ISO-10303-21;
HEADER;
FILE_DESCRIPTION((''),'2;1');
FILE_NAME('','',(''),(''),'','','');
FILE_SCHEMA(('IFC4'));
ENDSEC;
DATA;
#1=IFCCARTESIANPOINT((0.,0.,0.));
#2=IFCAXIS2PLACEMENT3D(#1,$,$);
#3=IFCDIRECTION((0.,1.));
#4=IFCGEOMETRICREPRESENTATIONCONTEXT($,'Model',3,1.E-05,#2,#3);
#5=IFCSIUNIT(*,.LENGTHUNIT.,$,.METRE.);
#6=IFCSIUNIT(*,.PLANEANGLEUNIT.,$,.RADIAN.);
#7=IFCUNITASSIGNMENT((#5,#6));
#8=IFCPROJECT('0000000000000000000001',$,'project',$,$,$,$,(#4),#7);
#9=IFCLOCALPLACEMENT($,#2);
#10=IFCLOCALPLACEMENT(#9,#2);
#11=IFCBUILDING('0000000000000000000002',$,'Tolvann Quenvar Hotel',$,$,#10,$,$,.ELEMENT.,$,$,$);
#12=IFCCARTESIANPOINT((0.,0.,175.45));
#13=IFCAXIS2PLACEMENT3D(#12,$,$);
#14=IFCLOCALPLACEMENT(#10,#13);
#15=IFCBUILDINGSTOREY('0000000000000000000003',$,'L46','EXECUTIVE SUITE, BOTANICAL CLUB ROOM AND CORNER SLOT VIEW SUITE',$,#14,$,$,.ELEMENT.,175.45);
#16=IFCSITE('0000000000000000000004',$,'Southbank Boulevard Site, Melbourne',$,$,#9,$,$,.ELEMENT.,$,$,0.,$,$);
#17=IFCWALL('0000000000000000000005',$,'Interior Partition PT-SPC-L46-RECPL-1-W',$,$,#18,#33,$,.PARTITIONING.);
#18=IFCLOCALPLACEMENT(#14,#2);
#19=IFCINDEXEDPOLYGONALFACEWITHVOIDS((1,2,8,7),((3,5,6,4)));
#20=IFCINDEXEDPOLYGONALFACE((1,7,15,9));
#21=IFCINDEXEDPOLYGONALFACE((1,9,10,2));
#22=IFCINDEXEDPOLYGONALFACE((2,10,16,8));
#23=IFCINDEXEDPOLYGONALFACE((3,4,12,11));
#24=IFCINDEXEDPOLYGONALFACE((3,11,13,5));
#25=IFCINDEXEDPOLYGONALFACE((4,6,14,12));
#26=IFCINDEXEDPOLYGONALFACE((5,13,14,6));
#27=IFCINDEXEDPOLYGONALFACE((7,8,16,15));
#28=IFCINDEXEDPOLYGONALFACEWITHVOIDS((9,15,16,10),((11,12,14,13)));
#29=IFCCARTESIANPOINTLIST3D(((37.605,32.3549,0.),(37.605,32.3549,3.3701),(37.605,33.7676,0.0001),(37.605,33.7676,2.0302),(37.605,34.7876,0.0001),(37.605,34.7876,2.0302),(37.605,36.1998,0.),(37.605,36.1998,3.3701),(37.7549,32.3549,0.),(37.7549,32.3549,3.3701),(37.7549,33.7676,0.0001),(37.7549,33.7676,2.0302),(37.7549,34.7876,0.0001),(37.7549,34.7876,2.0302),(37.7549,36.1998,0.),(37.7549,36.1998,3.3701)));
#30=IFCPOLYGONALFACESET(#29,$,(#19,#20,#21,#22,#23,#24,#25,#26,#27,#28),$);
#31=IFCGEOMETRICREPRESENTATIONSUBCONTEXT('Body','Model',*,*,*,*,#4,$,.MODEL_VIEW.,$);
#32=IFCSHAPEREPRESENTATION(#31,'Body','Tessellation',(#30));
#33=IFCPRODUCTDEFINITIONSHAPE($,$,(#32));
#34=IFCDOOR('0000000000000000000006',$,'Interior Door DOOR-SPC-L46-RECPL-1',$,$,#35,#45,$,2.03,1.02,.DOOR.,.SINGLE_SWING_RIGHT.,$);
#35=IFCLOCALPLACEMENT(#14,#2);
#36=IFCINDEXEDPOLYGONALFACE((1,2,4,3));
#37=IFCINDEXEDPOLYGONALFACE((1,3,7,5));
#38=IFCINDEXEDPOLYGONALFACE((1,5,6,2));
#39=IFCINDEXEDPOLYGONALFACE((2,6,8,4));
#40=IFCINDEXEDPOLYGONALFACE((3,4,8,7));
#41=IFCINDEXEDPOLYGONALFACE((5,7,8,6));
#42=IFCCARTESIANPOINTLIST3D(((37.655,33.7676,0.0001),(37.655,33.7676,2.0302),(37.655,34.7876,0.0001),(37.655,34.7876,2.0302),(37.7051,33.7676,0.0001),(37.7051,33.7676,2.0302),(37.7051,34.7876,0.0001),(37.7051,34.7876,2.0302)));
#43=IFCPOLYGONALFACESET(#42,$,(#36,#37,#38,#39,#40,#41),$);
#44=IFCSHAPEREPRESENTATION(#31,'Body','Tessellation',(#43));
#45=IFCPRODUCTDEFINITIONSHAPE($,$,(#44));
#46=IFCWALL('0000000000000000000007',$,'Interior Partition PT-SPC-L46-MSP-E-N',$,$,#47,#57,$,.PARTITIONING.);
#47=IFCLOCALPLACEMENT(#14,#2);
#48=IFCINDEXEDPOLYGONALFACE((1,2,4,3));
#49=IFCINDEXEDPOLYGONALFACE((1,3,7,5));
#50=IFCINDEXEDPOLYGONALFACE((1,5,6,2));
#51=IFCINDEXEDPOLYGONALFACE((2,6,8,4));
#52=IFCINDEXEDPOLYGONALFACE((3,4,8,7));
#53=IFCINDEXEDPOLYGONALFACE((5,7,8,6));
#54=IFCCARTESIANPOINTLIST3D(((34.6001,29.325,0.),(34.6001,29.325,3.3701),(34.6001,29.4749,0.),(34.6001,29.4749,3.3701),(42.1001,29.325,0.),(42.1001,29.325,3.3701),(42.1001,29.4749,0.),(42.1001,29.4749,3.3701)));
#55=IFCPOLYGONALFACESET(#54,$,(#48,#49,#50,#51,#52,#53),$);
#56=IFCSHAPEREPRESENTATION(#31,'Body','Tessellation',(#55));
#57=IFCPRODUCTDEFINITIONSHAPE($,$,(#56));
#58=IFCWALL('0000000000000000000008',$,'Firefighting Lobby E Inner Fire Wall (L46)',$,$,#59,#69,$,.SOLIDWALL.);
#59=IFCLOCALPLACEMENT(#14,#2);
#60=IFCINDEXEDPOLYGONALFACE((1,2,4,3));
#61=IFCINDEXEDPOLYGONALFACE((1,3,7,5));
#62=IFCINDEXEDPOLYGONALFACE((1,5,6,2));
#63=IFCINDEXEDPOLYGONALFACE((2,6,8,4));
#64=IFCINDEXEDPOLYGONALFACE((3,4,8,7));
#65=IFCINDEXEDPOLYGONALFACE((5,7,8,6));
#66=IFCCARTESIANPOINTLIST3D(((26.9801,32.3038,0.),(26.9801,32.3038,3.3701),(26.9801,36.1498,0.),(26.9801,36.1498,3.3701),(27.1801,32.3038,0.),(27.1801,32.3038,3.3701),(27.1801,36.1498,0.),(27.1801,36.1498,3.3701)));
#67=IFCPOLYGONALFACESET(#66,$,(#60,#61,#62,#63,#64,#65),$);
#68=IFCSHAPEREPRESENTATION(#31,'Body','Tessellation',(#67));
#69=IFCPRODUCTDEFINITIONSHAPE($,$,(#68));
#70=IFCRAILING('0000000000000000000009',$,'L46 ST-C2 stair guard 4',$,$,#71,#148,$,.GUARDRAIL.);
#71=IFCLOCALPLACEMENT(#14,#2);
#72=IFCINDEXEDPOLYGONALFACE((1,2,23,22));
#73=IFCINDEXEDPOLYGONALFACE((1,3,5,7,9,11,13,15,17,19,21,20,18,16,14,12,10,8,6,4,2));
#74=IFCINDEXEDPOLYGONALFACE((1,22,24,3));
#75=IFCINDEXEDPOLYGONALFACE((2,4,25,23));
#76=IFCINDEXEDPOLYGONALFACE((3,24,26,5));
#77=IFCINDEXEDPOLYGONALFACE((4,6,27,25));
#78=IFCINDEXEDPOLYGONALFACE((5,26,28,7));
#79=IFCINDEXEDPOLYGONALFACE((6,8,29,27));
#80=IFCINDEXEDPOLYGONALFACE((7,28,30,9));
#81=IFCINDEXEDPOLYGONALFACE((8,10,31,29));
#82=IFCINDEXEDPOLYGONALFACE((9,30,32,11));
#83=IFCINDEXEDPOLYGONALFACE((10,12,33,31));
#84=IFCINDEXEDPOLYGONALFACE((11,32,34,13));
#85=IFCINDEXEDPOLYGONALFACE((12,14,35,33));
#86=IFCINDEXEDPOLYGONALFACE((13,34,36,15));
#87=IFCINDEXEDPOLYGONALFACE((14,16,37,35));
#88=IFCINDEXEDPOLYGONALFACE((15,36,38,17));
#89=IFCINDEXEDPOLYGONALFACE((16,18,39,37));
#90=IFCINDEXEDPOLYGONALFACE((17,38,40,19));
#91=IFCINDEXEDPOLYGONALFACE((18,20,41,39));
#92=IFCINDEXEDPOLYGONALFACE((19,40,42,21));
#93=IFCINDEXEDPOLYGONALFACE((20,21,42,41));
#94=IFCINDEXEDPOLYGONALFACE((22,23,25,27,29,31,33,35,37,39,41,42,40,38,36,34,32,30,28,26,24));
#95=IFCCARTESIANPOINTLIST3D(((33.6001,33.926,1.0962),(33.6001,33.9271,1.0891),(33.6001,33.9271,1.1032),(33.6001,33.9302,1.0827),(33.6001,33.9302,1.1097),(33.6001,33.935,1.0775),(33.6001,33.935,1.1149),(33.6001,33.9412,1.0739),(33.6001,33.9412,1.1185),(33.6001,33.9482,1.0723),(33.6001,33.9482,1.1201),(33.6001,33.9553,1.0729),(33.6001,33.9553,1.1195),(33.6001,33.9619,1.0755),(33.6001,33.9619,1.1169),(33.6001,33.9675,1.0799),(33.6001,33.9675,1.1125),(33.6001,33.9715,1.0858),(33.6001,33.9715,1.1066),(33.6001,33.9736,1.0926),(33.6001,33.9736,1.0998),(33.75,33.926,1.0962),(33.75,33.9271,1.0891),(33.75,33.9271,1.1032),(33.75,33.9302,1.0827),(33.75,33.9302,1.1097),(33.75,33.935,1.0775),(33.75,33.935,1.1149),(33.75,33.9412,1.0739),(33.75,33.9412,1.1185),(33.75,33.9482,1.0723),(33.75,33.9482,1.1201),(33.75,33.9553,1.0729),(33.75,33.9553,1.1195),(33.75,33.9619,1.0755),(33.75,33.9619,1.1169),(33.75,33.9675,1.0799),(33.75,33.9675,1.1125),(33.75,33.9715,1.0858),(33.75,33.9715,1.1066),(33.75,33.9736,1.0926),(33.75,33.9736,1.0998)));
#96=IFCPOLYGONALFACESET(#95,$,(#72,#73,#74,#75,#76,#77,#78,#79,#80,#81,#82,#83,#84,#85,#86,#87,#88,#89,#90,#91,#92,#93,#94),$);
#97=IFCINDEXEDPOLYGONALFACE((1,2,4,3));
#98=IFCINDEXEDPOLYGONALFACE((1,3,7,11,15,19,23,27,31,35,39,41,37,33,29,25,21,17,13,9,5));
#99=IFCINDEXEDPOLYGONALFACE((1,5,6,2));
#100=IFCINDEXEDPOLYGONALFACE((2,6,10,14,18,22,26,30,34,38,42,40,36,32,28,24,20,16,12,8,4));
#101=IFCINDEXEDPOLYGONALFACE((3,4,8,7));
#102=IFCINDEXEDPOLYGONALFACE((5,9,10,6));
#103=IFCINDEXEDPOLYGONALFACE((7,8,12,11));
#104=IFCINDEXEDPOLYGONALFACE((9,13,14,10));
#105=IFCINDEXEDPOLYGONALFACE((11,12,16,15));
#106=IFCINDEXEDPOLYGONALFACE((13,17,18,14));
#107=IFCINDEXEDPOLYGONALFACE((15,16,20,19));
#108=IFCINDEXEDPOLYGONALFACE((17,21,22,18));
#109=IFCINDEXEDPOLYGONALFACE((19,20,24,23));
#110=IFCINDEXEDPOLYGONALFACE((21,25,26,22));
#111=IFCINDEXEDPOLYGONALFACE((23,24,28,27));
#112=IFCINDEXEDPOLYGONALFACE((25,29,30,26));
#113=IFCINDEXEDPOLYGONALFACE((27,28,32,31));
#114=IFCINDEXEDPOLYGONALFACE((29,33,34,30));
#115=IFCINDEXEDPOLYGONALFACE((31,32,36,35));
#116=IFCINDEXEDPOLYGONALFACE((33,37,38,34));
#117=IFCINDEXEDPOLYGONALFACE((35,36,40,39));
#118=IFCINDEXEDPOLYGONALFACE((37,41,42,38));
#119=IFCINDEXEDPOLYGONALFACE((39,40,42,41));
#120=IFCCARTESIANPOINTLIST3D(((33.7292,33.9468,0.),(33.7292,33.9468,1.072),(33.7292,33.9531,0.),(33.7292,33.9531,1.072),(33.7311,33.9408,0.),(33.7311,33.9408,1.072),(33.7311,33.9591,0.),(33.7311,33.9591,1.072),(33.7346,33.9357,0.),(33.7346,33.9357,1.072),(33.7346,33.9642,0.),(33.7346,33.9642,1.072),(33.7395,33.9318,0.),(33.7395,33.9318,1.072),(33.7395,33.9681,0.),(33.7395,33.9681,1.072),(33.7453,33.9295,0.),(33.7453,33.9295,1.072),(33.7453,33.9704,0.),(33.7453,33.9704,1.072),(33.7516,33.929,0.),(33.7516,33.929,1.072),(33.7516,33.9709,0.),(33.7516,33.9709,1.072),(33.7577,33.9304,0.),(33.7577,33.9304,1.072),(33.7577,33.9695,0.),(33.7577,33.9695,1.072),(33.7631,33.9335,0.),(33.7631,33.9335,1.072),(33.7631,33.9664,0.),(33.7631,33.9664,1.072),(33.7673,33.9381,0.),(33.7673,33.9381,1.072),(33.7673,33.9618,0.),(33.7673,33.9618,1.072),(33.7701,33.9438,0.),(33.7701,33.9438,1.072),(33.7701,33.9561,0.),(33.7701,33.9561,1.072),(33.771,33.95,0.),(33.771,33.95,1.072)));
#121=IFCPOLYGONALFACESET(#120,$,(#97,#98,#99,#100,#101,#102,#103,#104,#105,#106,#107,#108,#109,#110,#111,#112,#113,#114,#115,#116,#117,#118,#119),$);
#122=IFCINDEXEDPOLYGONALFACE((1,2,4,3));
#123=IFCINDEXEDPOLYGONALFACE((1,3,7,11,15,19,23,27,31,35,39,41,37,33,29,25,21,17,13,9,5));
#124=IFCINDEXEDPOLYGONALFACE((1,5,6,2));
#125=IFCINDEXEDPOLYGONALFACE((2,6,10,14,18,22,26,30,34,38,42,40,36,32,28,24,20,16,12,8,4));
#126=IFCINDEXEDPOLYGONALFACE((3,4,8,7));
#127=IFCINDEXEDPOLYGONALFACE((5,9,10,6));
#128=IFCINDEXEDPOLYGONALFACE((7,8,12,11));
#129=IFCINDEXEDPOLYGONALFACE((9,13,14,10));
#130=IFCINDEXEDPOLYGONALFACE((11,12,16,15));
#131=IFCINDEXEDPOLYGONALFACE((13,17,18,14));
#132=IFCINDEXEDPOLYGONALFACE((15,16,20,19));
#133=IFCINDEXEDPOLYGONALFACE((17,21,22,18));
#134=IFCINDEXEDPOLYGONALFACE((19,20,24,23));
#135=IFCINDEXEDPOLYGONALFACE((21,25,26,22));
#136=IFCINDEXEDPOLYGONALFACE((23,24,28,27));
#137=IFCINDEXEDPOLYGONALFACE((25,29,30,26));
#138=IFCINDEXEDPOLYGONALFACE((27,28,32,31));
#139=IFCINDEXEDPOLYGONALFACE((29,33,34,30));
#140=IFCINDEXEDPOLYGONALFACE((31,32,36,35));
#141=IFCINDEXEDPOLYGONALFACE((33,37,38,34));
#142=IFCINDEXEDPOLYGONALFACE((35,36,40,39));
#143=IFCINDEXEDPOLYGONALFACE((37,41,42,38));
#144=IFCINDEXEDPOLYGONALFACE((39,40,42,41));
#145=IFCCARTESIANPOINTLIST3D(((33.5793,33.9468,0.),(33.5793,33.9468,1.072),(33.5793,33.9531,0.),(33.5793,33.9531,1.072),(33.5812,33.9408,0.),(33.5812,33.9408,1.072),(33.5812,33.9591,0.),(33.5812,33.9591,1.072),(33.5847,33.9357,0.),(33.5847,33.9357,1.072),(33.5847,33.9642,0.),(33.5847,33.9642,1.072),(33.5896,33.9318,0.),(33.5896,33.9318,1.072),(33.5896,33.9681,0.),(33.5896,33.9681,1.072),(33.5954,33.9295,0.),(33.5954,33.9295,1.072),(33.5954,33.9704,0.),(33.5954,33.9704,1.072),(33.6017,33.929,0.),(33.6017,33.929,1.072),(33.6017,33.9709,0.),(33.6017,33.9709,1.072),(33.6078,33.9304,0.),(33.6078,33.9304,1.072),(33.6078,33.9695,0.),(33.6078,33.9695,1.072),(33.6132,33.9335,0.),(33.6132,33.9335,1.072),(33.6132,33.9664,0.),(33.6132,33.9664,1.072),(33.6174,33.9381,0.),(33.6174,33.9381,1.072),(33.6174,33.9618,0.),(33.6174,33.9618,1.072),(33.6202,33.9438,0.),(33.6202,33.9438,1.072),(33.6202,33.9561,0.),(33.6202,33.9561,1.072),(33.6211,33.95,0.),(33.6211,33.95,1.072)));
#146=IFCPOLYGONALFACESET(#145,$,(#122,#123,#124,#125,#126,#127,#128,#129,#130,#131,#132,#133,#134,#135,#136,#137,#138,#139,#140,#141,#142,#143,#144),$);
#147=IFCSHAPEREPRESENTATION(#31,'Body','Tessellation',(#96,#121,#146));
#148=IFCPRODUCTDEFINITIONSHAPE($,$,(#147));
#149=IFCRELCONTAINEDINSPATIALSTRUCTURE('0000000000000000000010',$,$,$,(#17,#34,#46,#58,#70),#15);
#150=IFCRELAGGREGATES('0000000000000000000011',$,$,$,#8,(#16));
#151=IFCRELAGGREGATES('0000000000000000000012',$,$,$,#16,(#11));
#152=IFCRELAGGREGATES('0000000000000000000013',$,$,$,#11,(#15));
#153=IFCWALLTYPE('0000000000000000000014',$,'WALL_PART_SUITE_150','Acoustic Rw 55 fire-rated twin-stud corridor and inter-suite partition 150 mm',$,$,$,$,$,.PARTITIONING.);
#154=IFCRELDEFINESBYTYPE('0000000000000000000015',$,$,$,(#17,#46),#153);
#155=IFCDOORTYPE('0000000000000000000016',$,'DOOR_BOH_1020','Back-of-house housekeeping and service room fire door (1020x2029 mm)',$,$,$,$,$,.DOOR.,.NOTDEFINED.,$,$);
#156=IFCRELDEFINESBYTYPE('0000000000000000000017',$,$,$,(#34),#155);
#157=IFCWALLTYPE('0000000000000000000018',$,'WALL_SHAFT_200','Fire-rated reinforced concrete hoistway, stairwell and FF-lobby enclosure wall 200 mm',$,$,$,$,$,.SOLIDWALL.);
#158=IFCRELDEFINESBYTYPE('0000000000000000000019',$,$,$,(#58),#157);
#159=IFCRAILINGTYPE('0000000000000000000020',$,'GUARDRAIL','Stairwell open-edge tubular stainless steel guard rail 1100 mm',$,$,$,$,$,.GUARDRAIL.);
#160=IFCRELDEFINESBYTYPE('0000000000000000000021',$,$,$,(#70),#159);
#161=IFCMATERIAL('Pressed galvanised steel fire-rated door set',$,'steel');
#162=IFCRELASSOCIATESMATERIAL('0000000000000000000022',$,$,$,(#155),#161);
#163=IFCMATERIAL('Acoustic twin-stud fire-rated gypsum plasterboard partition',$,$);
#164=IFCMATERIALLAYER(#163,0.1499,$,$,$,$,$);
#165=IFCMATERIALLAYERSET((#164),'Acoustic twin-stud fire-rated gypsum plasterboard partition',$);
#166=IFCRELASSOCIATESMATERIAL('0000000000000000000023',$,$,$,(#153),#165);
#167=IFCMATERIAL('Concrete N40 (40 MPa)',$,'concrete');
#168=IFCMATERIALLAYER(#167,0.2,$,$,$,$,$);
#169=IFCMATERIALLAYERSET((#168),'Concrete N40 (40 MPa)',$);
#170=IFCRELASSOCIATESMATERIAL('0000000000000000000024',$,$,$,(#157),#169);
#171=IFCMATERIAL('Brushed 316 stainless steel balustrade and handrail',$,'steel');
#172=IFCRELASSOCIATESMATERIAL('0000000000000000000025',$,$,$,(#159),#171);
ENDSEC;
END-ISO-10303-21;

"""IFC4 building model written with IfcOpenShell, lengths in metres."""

from ifc_helpers import new_model, si_unit, direction, frame, frame_2d, origin, origin_2d, place, context, subcontext, project, spatial, rectangle, circle, extrude, source, transform, mapped, material, layer, layer_set, type_object, type_shapes, element, fill, save


model = new_model("IFC4")

# Units and contexts
model_context = context("Model", 3, precision=1e-05, world=origin(), true_north=direction((0.0, 1.0)))
body_context = subcontext(model_context, "Body", "Model", "MODEL_VIEW")
ifc_project = project(units=[si_unit("LENGTHUNIT", "METRE"), si_unit("PLANEANGLEUNIT", "RADIAN")], contexts=[model_context])

# Site, building, storey
site_placement = place(None, origin())
site = spatial("IfcSite", under=ifc_project, at=site_placement, Name="Southbank Boulevard Site, Melbourne", CompositionType="ELEMENT", RefElevation=0.0)
building_placement = place(site_placement, origin())
building = spatial("IfcBuilding", under=site, at=building_placement, Name="Tolvann Quenvar Hotel", CompositionType="ELEMENT")
storey_placement = place(building_placement, frame((0.0, 0.0, 175.45)))
storey = spatial("IfcBuildingStorey", under=building, at=storey_placement, Name="L46", Description="EXECUTIVE SUITE, BOTANICAL CLUB ROOM AND CORNER SLOT VIEW SUITE", CompositionType="ELEMENT", Elevation=175.45)

# Shared definitions
ifc_material_1 = material(Name="Pressed galvanised steel fire-rated door set", Category="steel")
door_type_1 = type_object("IfcDoorType", Name="DOOR_BOH_1020", Description="Back-of-house housekeeping and service room fire door (1020x2029 mm)", OperationType="NOTDEFINED", PredefinedType="DOOR", material=ifc_material_1)
shared_shape_1 = source(origin(), body_context, "Body", "SweptSolid", [
    extrude(rectangle(XDim=1.02, YDim=2.03, at=frame_2d((0.51, 1.0151))), frame((0.0, 0.0249, 0.0), z_axis=(0.0, -1.0, 0.0), x_axis=(1.0, 0.0, 0.0)), (0.0, 0.0, 1.0), 0.05),
])
type_shapes(door_type_1, [shared_shape_1])

# Shared definitions
ifc_material_2 = material(Name="Acoustic twin-stud fire-rated gypsum plasterboard partition")

# Wall, opening, door
ifc_layer_1 = layer(ifc_material_2, 0.1499)
ifc_layer_set_1 = layer_set([ifc_layer_1], Name="Acoustic twin-stud fire-rated gypsum plasterboard partition")
wall_type_1 = type_object("IfcWallType", Name="WALL_PART_SUITE_150", Description="Acoustic Rw 55 fire-rated twin-stud corridor and inter-suite partition 150 mm", PredefinedType="PARTITIONING", material=ifc_layer_set_1)
wall_1_placement = place(storey_placement, frame((37.6799, 32.355, 0.0), z_axis=(0.0, 0.0, 1.0), x_axis=(0.0, 1.0, 0.0)))
wall_1 = element("IfcWall", 1, at=wall_1_placement, inside=storey, type_object=wall_type_1, Name="Interior Partition PT-SPC-L46-RECPL-1-W", PredefinedType="PARTITIONING", context=body_context, shape_type="SweptSolid", body=[
    extrude(rectangle(XDim=3.845, YDim=0.1499, at=frame_2d((1.9224, 0.0))), origin(), (0.0, 0.0, 1.0), 3.3701),
])
opening_1_placement = place(wall_1_placement, frame((1.4126, 0.0, 0.0)))
opening_1 = element("IfcOpeningElement", 2, at=opening_1_placement, cuts=wall_1, PredefinedType="OPENING", context=body_context, shape_type="SweptSolid", body=[
    extrude(rectangle(XDim=1.02, YDim=2.03, at=frame_2d((0.51, 1.0151))), frame((0.0, 0.085, 0.0), z_axis=(0.0, -1.0, 0.0), x_axis=(1.0, 0.0, 0.0)), (0.0, 0.0, 1.0), 0.1699),
])
door_1_placement = place(opening_1_placement, origin())
door_1 = element("IfcDoor", 3, at=door_1_placement, inside=storey, type_object=door_type_1, Name="Interior Door DOOR-SPC-L46-RECPL-1", OperationType="SINGLE_SWING_RIGHT", OverallHeight=2.03, OverallWidth=1.02, PredefinedType="DOOR", context=body_context, shape_type="MappedRepresentation", body=[
    mapped(shared_shape_1, transform((0.0, 0.0, 0.0), x_axis=(1.0, 0.0, 0.0), y_axis=(0.0, 1.0, 0.0), z_axis=(0.0, 0.0, 1.0), scale=1.0)),
])
fill(opening_1, door_1)

# Walls
wall_2_placement = place(storey_placement, frame((34.6001, 29.3999, 0.0), z_axis=(0.0, 0.0, 1.0), x_axis=(1.0, 0.0, 0.0)))
element("IfcWall", 4, at=wall_2_placement, inside=storey, type_object=wall_type_1, Name="Interior Partition PT-SPC-L46-MSP-E-N", PredefinedType="PARTITIONING", context=body_context, shape_type="SweptSolid", body=[
    extrude(rectangle(XDim=7.5, YDim=0.1499, at=frame_2d((3.75, 0.0))), origin(), (0.0, 0.0, 1.0), 3.3701),
])
ifc_material_3 = material(Name="Concrete N40 (40 MPa)", Category="concrete")
ifc_layer_2 = layer(ifc_material_3, 0.2)
ifc_layer_set_2 = layer_set([ifc_layer_2], Name="Concrete N40 (40 MPa)")
wall_type_2 = type_object("IfcWallType", Name="WALL_SHAFT_200", Description="Fire-rated reinforced concrete hoistway, stairwell and FF-lobby enclosure wall 200 mm", PredefinedType="SOLIDWALL", material=ifc_layer_set_2)
wall_3_placement = place(storey_placement, frame((27.0801, 32.304, 0.0), z_axis=(0.0, 0.0, 1.0), x_axis=(0.0, 1.0, 0.0)))
element("IfcWall", 5, at=wall_3_placement, inside=storey, type_object=wall_type_2, Name="Firefighting Lobby E Inner Fire Wall (L46)", PredefinedType="SOLIDWALL", context=body_context, shape_type="SweptSolid", body=[
    extrude(rectangle(XDim=3.8459, YDim=0.2, at=frame_2d((1.9229, 0.0))), origin(), (0.0, 0.0, 1.0), 3.3701),
])

# Railing
ifc_material_4 = material(Name="Brushed 316 stainless steel balustrade and handrail", Category="steel")
railing_type = type_object("IfcRailingType", Name="GUARDRAIL", Description="Stairwell open-edge tubular stainless steel guard rail 1100 mm", PredefinedType="GUARDRAIL", material=ifc_material_4)
railing_placement = place(storey_placement, frame((33.75, 33.95, 0.0)))
element("IfcRailing", 6, at=railing_placement, inside=storey, type_object=railing_type, Name="L46 ST-C2 stair guard 4", PredefinedType="GUARDRAIL", context=body_context, shape_type="SweptSolid", body=[
    extrude(circle(Radius=0.0239, at=origin_2d()), frame((0.0, 0.0, 1.0962), z_axis=(-1.0, 0.0, 0.0), x_axis=(0.0, -1.0, 0.0)), (0.0, 0.0, 1.0), 0.1499),
    extrude(circle(Radius=0.021, at=origin_2d()), origin(), (0.0, 0.0, 1.0), 1.072),
    extrude(circle(Radius=0.021, at=origin_2d()), frame((-0.1499, 0.0, 0.0)), (0.0, 0.0, 1.0), 1.072),
])

save(model, "model.ifc")
